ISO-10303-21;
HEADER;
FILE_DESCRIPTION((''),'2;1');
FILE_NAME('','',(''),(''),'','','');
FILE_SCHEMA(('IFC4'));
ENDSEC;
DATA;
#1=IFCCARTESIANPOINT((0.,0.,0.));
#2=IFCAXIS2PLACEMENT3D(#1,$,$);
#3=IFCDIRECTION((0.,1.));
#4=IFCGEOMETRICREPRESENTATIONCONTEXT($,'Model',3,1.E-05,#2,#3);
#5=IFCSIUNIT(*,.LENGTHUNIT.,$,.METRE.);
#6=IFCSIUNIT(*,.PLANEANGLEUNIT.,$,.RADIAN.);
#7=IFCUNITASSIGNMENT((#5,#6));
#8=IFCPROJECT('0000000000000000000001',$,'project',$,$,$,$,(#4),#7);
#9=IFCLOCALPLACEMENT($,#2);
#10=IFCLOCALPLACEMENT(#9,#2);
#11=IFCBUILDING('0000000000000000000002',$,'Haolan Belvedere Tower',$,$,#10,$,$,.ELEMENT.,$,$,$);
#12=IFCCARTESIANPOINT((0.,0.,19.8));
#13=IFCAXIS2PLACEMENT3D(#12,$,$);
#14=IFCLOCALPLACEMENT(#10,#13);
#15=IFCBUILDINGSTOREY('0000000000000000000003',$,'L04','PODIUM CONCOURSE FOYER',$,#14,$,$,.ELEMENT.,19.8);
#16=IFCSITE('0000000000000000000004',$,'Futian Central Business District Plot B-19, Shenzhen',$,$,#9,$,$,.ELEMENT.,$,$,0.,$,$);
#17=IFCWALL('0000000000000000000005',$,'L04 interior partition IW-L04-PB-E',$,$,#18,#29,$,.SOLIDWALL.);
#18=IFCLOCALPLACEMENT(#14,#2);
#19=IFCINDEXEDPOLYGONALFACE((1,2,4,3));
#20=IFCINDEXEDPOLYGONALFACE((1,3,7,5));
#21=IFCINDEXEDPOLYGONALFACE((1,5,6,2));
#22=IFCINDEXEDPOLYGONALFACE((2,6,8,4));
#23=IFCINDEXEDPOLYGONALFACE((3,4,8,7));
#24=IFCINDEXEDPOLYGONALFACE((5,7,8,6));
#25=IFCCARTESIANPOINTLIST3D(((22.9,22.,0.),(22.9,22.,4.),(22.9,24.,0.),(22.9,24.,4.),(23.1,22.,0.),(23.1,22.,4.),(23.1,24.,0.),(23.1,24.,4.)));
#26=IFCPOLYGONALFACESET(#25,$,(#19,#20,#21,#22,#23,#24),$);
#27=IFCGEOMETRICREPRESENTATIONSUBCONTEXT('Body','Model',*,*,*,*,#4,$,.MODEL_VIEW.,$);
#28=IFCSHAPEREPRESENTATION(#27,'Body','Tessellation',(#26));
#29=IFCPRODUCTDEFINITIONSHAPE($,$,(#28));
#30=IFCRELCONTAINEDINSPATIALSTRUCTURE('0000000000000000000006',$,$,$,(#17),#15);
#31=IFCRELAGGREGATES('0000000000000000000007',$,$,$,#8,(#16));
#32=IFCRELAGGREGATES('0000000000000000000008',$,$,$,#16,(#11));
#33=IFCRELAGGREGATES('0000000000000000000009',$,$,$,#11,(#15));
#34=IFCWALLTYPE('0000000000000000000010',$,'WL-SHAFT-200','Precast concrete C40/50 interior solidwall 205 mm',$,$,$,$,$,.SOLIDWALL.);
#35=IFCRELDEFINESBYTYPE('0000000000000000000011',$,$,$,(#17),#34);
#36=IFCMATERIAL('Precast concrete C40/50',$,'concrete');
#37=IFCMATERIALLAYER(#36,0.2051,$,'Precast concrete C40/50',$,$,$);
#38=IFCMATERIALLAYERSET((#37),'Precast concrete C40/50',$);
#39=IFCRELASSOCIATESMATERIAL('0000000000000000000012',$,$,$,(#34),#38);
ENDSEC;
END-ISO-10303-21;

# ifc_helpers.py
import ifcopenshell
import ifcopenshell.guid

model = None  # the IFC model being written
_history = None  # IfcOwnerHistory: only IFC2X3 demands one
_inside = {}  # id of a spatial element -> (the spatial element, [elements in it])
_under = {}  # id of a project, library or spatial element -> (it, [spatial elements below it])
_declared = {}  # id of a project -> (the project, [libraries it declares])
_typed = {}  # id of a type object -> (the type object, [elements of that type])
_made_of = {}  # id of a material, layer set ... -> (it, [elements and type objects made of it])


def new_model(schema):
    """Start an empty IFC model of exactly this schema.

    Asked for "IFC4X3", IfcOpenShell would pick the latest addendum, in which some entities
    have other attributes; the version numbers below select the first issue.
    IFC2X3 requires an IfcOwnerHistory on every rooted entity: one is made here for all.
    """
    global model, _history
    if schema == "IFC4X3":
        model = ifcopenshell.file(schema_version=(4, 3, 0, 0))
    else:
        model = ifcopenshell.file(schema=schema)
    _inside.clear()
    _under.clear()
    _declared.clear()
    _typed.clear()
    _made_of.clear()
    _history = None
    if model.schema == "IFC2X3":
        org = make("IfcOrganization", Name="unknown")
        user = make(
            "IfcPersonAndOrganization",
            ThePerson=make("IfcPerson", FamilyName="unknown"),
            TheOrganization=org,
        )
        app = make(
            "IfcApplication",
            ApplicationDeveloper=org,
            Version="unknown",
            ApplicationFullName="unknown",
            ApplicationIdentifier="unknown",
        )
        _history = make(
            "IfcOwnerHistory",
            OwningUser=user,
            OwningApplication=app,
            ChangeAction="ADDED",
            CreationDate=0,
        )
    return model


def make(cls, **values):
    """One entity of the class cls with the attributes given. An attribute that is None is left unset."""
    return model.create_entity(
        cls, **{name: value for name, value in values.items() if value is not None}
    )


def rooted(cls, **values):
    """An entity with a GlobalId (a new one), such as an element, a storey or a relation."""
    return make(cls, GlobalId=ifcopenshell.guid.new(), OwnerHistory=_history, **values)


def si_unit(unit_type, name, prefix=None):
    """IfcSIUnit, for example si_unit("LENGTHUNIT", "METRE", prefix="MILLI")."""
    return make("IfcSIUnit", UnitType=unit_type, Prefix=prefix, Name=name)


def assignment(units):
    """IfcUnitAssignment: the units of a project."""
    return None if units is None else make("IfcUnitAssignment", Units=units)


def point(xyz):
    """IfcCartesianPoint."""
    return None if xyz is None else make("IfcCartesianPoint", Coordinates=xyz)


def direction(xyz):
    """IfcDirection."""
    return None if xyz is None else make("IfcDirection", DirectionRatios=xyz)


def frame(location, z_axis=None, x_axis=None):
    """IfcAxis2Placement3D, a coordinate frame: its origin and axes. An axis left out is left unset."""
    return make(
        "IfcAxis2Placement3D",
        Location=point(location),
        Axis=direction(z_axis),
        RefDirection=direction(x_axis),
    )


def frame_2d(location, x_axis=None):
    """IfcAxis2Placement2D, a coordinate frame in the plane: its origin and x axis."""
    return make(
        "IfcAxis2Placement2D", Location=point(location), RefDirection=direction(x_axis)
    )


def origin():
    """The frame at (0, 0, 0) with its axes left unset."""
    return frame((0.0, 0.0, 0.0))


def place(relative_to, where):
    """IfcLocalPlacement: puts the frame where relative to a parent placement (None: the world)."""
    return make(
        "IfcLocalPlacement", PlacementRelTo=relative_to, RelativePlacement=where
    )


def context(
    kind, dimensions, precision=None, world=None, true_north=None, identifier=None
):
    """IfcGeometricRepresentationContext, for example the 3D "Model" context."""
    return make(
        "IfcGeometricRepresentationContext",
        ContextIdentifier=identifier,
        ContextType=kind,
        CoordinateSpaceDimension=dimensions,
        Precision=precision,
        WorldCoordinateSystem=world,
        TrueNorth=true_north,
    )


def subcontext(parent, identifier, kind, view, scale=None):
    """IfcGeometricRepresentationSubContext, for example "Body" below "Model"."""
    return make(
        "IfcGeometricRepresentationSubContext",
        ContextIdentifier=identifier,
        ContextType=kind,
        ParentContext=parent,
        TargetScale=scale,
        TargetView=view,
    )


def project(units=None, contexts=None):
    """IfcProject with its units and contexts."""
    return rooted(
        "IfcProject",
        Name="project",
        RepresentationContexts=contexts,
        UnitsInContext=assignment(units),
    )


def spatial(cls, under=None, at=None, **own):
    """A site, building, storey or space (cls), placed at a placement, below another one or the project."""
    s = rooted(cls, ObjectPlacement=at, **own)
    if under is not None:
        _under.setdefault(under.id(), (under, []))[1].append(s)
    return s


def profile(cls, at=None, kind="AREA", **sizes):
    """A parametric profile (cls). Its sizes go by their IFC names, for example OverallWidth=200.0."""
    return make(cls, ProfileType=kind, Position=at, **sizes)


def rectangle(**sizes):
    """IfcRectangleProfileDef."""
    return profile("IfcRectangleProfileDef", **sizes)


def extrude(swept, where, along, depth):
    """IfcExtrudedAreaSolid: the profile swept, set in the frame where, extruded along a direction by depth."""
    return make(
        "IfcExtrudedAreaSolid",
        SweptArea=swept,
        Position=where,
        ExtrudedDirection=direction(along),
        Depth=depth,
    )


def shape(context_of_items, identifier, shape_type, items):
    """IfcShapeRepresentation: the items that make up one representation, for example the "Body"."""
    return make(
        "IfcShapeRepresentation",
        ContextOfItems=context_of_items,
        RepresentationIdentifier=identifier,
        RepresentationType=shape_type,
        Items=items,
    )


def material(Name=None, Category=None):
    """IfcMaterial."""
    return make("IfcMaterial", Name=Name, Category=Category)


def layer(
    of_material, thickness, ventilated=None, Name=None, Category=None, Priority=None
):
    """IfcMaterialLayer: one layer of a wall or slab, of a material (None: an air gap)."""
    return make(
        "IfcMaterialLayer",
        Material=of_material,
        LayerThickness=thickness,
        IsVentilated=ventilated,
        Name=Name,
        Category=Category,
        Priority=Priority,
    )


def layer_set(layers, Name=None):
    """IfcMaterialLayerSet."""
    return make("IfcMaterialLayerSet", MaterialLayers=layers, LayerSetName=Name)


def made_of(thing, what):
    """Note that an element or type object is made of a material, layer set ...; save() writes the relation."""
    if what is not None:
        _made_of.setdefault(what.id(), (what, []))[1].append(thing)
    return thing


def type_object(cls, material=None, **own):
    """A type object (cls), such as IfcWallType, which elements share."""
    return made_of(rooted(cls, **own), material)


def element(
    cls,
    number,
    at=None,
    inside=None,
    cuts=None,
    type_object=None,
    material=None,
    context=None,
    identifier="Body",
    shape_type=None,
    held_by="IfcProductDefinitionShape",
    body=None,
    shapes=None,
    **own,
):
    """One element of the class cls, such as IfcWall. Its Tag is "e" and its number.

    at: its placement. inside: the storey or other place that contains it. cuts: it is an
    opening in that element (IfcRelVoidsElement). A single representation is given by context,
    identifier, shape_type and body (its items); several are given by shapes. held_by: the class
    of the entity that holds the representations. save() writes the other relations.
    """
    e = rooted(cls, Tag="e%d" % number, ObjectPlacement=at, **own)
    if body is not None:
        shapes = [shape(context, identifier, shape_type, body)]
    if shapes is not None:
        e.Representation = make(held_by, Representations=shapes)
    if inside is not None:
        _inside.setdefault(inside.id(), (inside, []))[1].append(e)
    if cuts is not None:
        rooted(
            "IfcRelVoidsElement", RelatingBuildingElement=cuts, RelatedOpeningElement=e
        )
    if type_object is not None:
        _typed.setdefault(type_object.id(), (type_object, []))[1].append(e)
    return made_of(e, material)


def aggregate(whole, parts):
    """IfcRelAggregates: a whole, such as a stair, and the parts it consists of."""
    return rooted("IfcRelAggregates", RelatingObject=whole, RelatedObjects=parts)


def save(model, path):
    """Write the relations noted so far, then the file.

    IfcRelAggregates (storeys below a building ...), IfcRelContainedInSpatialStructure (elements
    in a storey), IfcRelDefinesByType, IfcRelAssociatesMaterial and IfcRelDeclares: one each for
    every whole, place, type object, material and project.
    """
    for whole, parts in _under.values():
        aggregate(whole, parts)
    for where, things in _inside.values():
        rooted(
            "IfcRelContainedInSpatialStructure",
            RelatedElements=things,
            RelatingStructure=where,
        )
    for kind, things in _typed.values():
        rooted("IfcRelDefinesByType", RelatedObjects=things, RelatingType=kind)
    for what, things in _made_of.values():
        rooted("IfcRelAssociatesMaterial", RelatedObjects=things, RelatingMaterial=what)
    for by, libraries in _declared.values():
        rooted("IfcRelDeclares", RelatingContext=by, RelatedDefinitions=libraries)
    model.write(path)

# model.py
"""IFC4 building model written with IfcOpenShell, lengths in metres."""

from ifc_helpers import new_model, si_unit, direction, frame, frame_2d, origin, place, context, subcontext, project, spatial, rectangle, extrude, material, layer, layer_set, type_object, element, save


model = new_model("IFC4")

# Units and contexts
model_context = context("Model", 3, precision=1e-05, world=origin(), true_north=direction((0.0, 1.0)))
body_context = subcontext(model_context, "Body", "Model", "MODEL_VIEW")
ifc_project = project(units=[si_unit("LENGTHUNIT", "METRE"), si_unit("PLANEANGLEUNIT", "RADIAN")], contexts=[model_context])

# Site, building, storey
site_placement = place(None, origin())
site = spatial("IfcSite", under=ifc_project, at=site_placement, Name="Futian Central Business District Plot B-19, Shenzhen", CompositionType="ELEMENT", RefElevation=0.0)
building_placement = place(site_placement, origin())
building = spatial("IfcBuilding", under=site, at=building_placement, Name="Haolan Belvedere Tower", CompositionType="ELEMENT")
storey_placement = place(building_placement, frame((0.0, 0.0, 19.8)))
storey = spatial("IfcBuildingStorey", under=building, at=storey_placement, Name="L04", Description="PODIUM CONCOURSE FOYER", CompositionType="ELEMENT", Elevation=19.8)

# Wall
ifc_material_1 = material(Name="Precast concrete C40/50", Category="concrete")
ifc_layer_1 = layer(ifc_material_1, 0.2051, Name="Precast concrete C40/50")
ifc_layer_set_1 = layer_set([ifc_layer_1], Name="Precast concrete C40/50")
wall_type_1 = type_object("IfcWallType", Name="WL-SHAFT-200", Description="Precast concrete C40/50 interior solidwall 205 mm", PredefinedType="SOLIDWALL", material=ifc_layer_set_1)
wall_1_placement = place(storey_placement, frame((23.0, 22.0, 0.0), z_axis=(0.0, 0.0, 1.0), x_axis=(0.0, 1.0, 0.0)))
element("IfcWall", 1, at=wall_1_placement, inside=storey, type_object=wall_type_1, Name="L04 interior partition IW-L04-PB-E", PredefinedType="SOLIDWALL", context=body_context, shape_type="SweptSolid", body=[
    extrude(rectangle(XDim=2.0, YDim=0.2, at=frame_2d((1.0, 0.0))), origin(), (0.0, 0.0, 1.0), 4.0),
])

save(model, "model.ifc")
